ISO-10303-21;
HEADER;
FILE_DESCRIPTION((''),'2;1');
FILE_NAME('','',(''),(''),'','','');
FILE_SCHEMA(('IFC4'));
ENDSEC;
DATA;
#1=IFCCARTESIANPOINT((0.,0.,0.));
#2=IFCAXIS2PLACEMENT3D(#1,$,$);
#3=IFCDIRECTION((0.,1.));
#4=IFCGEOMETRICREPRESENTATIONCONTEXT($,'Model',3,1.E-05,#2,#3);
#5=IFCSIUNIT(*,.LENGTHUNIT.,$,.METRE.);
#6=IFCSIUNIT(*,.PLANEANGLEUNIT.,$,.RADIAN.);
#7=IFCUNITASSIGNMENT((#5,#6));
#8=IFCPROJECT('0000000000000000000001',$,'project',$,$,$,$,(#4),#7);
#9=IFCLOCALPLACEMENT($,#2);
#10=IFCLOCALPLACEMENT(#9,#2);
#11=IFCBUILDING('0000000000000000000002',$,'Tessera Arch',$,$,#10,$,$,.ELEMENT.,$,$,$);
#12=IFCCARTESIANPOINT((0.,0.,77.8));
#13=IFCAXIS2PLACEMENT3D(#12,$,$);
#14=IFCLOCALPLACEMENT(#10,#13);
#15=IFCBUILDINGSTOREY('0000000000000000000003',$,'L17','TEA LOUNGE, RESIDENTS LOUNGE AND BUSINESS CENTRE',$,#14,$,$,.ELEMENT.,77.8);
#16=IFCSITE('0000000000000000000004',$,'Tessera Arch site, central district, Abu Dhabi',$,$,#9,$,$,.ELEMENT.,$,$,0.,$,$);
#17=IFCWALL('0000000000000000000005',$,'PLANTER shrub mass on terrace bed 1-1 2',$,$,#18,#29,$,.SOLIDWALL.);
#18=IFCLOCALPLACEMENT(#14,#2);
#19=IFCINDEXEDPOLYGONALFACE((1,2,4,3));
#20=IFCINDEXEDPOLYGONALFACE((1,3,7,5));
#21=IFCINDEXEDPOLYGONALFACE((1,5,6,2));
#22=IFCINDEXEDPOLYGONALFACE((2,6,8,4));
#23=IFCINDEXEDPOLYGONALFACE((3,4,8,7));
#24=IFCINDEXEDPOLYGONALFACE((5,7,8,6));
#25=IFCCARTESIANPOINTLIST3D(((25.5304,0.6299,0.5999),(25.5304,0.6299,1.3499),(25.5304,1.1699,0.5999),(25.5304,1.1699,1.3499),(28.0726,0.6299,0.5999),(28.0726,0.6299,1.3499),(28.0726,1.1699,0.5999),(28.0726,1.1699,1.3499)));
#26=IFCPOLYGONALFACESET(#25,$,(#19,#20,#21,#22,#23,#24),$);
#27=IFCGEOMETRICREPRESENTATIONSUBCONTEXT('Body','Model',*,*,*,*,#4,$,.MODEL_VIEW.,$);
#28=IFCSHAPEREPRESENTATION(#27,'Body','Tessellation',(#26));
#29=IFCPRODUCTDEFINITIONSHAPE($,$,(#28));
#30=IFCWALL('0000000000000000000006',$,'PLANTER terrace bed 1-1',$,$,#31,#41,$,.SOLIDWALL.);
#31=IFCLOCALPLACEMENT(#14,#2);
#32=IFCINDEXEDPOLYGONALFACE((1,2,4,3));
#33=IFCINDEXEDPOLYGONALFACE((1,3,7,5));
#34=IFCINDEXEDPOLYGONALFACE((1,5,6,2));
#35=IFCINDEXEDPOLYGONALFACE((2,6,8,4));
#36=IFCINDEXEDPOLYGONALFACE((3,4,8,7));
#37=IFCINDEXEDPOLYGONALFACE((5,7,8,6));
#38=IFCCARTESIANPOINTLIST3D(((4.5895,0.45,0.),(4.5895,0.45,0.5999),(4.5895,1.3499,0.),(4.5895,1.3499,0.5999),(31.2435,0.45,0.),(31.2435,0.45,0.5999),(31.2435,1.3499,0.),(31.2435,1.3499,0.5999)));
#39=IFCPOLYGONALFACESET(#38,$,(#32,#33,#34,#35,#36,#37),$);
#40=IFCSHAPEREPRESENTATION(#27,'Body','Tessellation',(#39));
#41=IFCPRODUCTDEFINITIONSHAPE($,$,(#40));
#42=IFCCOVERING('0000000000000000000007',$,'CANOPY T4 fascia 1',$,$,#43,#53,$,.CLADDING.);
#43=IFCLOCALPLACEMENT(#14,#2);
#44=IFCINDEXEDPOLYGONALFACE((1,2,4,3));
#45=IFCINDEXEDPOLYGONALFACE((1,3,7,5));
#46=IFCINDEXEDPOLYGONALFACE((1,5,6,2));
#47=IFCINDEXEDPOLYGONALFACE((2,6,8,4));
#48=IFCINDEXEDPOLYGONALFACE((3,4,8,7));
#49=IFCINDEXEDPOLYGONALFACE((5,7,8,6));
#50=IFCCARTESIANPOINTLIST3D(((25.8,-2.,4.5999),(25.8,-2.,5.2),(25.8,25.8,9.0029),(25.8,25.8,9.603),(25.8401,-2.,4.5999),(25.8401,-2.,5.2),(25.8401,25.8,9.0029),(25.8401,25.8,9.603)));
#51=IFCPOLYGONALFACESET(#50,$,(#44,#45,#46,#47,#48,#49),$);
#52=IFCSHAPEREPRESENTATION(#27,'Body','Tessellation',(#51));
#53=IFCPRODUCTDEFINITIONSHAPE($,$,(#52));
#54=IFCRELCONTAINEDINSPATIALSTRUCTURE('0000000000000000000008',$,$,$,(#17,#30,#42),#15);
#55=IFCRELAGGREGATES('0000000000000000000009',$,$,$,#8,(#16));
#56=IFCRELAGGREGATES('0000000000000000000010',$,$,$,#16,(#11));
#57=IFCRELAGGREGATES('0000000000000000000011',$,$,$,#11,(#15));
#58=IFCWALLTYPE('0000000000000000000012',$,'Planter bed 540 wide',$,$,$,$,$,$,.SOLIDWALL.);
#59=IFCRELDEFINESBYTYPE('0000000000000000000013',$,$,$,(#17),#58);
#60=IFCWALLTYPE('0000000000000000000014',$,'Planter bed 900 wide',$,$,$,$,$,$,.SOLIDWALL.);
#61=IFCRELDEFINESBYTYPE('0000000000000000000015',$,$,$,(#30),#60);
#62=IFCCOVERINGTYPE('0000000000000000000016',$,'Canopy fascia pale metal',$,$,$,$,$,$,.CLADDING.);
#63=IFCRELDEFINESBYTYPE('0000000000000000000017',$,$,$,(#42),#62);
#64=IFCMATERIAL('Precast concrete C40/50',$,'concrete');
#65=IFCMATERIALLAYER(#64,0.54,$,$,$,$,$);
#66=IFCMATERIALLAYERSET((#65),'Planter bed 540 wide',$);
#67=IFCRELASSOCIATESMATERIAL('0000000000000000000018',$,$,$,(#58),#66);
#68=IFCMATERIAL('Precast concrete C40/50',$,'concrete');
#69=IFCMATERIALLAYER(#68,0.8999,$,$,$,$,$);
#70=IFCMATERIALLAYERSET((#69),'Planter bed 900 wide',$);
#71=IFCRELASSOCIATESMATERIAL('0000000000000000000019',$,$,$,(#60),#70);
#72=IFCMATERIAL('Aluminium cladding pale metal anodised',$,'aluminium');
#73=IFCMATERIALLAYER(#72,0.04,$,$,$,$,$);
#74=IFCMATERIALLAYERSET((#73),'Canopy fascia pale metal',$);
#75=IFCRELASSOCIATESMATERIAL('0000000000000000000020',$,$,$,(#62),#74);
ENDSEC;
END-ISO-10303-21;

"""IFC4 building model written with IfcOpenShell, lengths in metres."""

from ifc_helpers import new_model, si_unit, direction, frame, frame_2d, origin, place, context, subcontext, project, spatial, polyline, rectangle, outline, extrude, material, layer, layer_set, type_object, element, save


model = new_model("IFC4")

# Units and contexts
model_context = context("Model", 3, precision=1e-05, world=origin(), true_north=direction((0.0, 1.0)))
body_context = subcontext(model_context, "Body", "Model", "MODEL_VIEW")
ifc_project = project(units=[si_unit("LENGTHUNIT", "METRE"), si_unit("PLANEANGLEUNIT", "RADIAN")], contexts=[model_context])

# Site, building, storey
site_placement = place(None, origin())
site = spatial("IfcSite", under=ifc_project, at=site_placement, Name="Tessera Arch site, central district, Abu Dhabi", CompositionType="ELEMENT", RefElevation=0.0)
building_placement = place(site_placement, origin())
building = spatial("IfcBuilding", under=site, at=building_placement, Name="Tessera Arch", CompositionType="ELEMENT")
storey_placement = place(building_placement, frame((0.0, 0.0, 77.8)))
storey = spatial("IfcBuildingStorey", under=building, at=storey_placement, Name="L17", Description="TEA LOUNGE, RESIDENTS LOUNGE AND BUSINESS CENTRE", CompositionType="ELEMENT", Elevation=77.8)

# Walls
ifc_material_1 = material(Name="Precast concrete C40/50", Category="concrete")
ifc_layer_1 = layer(ifc_material_1, 0.54)
ifc_layer_set_1 = layer_set([ifc_layer_1], Name="Planter bed 540 wide")
wall_type_1 = type_object("IfcWallType", Name="Planter bed 540 wide", PredefinedType="SOLIDWALL", material=ifc_layer_set_1)
wall_1_placement = place(storey_placement, frame((28.0725, 0.8999, 0.5999), z_axis=(0.0, 0.0, 1.0), x_axis=(-1.0, 0.0, 0.0)))
element("IfcWall", 1, at=wall_1_placement, inside=storey, type_object=wall_type_1, Name="PLANTER shrub mass on terrace bed 1-1 2", PredefinedType="SOLIDWALL", context=body_context, shape_type="SweptSolid", body=[
    extrude(rectangle(XDim=2.5422, YDim=0.54, at=frame_2d((1.271, 0.0))), origin(), (0.0, 0.0, 1.0), 0.75),
])
ifc_material_2 = material(Name="Precast concrete C40/50", Category="concrete")
ifc_layer_2 = layer(ifc_material_2, 0.8999)
ifc_layer_set_2 = layer_set([ifc_layer_2], Name="Planter bed 900 wide")
wall_type_2 = type_object("IfcWallType", Name="Planter bed 900 wide", PredefinedType="SOLIDWALL", material=ifc_layer_set_2)
wall_2_placement = place(storey_placement, frame((31.2437, 0.8999, 0.0), z_axis=(0.0, 0.0, 1.0), x_axis=(-1.0, 0.0, 0.0)))
element("IfcWall", 2, at=wall_2_placement, inside=storey, type_object=wall_type_2, Name="PLANTER terrace bed 1-1", PredefinedType="SOLIDWALL", context=body_context, shape_type="SweptSolid", body=[
    extrude(rectangle(XDim=26.6541, YDim=0.8999, at=frame_2d((13.3271, 0.0))), origin(), (0.0, 0.0, 1.0), 0.5999),
])

# Covering
ifc_material_3 = material(Name="Aluminium cladding pale metal anodised", Category="aluminium")
ifc_layer_3 = layer(ifc_material_3, 0.04)
ifc_layer_set_3 = layer_set([ifc_layer_3], Name="Canopy fascia pale metal")
covering_type = type_object("IfcCoveringType", Name="Canopy fascia pale metal", PredefinedType="CLADDING", material=ifc_layer_set_3)
covering_placement = place(storey_placement, frame((25.8, -2.0, 5.2), z_axis=(-1.0, 0.0, 0.0), x_axis=(0.0, 0.987688, 0.156434)))
element("IfcCovering", 3, at=covering_placement, inside=storey, type_object=covering_type, Name="CANOPY T4 fascia 1", PredefinedType="CLADDING", context=body_context, shape_type="SweptSolid", body=[
    extrude(outline(polyline([(0.0, 0.0), (28.1466, 0.0), (28.0527, 0.5927), (-0.0939, 0.5927), (0.0, 0.0)])), origin(), (0.0, 0.0, -1.0), 0.04),
])

save(model, "model.ifc")
